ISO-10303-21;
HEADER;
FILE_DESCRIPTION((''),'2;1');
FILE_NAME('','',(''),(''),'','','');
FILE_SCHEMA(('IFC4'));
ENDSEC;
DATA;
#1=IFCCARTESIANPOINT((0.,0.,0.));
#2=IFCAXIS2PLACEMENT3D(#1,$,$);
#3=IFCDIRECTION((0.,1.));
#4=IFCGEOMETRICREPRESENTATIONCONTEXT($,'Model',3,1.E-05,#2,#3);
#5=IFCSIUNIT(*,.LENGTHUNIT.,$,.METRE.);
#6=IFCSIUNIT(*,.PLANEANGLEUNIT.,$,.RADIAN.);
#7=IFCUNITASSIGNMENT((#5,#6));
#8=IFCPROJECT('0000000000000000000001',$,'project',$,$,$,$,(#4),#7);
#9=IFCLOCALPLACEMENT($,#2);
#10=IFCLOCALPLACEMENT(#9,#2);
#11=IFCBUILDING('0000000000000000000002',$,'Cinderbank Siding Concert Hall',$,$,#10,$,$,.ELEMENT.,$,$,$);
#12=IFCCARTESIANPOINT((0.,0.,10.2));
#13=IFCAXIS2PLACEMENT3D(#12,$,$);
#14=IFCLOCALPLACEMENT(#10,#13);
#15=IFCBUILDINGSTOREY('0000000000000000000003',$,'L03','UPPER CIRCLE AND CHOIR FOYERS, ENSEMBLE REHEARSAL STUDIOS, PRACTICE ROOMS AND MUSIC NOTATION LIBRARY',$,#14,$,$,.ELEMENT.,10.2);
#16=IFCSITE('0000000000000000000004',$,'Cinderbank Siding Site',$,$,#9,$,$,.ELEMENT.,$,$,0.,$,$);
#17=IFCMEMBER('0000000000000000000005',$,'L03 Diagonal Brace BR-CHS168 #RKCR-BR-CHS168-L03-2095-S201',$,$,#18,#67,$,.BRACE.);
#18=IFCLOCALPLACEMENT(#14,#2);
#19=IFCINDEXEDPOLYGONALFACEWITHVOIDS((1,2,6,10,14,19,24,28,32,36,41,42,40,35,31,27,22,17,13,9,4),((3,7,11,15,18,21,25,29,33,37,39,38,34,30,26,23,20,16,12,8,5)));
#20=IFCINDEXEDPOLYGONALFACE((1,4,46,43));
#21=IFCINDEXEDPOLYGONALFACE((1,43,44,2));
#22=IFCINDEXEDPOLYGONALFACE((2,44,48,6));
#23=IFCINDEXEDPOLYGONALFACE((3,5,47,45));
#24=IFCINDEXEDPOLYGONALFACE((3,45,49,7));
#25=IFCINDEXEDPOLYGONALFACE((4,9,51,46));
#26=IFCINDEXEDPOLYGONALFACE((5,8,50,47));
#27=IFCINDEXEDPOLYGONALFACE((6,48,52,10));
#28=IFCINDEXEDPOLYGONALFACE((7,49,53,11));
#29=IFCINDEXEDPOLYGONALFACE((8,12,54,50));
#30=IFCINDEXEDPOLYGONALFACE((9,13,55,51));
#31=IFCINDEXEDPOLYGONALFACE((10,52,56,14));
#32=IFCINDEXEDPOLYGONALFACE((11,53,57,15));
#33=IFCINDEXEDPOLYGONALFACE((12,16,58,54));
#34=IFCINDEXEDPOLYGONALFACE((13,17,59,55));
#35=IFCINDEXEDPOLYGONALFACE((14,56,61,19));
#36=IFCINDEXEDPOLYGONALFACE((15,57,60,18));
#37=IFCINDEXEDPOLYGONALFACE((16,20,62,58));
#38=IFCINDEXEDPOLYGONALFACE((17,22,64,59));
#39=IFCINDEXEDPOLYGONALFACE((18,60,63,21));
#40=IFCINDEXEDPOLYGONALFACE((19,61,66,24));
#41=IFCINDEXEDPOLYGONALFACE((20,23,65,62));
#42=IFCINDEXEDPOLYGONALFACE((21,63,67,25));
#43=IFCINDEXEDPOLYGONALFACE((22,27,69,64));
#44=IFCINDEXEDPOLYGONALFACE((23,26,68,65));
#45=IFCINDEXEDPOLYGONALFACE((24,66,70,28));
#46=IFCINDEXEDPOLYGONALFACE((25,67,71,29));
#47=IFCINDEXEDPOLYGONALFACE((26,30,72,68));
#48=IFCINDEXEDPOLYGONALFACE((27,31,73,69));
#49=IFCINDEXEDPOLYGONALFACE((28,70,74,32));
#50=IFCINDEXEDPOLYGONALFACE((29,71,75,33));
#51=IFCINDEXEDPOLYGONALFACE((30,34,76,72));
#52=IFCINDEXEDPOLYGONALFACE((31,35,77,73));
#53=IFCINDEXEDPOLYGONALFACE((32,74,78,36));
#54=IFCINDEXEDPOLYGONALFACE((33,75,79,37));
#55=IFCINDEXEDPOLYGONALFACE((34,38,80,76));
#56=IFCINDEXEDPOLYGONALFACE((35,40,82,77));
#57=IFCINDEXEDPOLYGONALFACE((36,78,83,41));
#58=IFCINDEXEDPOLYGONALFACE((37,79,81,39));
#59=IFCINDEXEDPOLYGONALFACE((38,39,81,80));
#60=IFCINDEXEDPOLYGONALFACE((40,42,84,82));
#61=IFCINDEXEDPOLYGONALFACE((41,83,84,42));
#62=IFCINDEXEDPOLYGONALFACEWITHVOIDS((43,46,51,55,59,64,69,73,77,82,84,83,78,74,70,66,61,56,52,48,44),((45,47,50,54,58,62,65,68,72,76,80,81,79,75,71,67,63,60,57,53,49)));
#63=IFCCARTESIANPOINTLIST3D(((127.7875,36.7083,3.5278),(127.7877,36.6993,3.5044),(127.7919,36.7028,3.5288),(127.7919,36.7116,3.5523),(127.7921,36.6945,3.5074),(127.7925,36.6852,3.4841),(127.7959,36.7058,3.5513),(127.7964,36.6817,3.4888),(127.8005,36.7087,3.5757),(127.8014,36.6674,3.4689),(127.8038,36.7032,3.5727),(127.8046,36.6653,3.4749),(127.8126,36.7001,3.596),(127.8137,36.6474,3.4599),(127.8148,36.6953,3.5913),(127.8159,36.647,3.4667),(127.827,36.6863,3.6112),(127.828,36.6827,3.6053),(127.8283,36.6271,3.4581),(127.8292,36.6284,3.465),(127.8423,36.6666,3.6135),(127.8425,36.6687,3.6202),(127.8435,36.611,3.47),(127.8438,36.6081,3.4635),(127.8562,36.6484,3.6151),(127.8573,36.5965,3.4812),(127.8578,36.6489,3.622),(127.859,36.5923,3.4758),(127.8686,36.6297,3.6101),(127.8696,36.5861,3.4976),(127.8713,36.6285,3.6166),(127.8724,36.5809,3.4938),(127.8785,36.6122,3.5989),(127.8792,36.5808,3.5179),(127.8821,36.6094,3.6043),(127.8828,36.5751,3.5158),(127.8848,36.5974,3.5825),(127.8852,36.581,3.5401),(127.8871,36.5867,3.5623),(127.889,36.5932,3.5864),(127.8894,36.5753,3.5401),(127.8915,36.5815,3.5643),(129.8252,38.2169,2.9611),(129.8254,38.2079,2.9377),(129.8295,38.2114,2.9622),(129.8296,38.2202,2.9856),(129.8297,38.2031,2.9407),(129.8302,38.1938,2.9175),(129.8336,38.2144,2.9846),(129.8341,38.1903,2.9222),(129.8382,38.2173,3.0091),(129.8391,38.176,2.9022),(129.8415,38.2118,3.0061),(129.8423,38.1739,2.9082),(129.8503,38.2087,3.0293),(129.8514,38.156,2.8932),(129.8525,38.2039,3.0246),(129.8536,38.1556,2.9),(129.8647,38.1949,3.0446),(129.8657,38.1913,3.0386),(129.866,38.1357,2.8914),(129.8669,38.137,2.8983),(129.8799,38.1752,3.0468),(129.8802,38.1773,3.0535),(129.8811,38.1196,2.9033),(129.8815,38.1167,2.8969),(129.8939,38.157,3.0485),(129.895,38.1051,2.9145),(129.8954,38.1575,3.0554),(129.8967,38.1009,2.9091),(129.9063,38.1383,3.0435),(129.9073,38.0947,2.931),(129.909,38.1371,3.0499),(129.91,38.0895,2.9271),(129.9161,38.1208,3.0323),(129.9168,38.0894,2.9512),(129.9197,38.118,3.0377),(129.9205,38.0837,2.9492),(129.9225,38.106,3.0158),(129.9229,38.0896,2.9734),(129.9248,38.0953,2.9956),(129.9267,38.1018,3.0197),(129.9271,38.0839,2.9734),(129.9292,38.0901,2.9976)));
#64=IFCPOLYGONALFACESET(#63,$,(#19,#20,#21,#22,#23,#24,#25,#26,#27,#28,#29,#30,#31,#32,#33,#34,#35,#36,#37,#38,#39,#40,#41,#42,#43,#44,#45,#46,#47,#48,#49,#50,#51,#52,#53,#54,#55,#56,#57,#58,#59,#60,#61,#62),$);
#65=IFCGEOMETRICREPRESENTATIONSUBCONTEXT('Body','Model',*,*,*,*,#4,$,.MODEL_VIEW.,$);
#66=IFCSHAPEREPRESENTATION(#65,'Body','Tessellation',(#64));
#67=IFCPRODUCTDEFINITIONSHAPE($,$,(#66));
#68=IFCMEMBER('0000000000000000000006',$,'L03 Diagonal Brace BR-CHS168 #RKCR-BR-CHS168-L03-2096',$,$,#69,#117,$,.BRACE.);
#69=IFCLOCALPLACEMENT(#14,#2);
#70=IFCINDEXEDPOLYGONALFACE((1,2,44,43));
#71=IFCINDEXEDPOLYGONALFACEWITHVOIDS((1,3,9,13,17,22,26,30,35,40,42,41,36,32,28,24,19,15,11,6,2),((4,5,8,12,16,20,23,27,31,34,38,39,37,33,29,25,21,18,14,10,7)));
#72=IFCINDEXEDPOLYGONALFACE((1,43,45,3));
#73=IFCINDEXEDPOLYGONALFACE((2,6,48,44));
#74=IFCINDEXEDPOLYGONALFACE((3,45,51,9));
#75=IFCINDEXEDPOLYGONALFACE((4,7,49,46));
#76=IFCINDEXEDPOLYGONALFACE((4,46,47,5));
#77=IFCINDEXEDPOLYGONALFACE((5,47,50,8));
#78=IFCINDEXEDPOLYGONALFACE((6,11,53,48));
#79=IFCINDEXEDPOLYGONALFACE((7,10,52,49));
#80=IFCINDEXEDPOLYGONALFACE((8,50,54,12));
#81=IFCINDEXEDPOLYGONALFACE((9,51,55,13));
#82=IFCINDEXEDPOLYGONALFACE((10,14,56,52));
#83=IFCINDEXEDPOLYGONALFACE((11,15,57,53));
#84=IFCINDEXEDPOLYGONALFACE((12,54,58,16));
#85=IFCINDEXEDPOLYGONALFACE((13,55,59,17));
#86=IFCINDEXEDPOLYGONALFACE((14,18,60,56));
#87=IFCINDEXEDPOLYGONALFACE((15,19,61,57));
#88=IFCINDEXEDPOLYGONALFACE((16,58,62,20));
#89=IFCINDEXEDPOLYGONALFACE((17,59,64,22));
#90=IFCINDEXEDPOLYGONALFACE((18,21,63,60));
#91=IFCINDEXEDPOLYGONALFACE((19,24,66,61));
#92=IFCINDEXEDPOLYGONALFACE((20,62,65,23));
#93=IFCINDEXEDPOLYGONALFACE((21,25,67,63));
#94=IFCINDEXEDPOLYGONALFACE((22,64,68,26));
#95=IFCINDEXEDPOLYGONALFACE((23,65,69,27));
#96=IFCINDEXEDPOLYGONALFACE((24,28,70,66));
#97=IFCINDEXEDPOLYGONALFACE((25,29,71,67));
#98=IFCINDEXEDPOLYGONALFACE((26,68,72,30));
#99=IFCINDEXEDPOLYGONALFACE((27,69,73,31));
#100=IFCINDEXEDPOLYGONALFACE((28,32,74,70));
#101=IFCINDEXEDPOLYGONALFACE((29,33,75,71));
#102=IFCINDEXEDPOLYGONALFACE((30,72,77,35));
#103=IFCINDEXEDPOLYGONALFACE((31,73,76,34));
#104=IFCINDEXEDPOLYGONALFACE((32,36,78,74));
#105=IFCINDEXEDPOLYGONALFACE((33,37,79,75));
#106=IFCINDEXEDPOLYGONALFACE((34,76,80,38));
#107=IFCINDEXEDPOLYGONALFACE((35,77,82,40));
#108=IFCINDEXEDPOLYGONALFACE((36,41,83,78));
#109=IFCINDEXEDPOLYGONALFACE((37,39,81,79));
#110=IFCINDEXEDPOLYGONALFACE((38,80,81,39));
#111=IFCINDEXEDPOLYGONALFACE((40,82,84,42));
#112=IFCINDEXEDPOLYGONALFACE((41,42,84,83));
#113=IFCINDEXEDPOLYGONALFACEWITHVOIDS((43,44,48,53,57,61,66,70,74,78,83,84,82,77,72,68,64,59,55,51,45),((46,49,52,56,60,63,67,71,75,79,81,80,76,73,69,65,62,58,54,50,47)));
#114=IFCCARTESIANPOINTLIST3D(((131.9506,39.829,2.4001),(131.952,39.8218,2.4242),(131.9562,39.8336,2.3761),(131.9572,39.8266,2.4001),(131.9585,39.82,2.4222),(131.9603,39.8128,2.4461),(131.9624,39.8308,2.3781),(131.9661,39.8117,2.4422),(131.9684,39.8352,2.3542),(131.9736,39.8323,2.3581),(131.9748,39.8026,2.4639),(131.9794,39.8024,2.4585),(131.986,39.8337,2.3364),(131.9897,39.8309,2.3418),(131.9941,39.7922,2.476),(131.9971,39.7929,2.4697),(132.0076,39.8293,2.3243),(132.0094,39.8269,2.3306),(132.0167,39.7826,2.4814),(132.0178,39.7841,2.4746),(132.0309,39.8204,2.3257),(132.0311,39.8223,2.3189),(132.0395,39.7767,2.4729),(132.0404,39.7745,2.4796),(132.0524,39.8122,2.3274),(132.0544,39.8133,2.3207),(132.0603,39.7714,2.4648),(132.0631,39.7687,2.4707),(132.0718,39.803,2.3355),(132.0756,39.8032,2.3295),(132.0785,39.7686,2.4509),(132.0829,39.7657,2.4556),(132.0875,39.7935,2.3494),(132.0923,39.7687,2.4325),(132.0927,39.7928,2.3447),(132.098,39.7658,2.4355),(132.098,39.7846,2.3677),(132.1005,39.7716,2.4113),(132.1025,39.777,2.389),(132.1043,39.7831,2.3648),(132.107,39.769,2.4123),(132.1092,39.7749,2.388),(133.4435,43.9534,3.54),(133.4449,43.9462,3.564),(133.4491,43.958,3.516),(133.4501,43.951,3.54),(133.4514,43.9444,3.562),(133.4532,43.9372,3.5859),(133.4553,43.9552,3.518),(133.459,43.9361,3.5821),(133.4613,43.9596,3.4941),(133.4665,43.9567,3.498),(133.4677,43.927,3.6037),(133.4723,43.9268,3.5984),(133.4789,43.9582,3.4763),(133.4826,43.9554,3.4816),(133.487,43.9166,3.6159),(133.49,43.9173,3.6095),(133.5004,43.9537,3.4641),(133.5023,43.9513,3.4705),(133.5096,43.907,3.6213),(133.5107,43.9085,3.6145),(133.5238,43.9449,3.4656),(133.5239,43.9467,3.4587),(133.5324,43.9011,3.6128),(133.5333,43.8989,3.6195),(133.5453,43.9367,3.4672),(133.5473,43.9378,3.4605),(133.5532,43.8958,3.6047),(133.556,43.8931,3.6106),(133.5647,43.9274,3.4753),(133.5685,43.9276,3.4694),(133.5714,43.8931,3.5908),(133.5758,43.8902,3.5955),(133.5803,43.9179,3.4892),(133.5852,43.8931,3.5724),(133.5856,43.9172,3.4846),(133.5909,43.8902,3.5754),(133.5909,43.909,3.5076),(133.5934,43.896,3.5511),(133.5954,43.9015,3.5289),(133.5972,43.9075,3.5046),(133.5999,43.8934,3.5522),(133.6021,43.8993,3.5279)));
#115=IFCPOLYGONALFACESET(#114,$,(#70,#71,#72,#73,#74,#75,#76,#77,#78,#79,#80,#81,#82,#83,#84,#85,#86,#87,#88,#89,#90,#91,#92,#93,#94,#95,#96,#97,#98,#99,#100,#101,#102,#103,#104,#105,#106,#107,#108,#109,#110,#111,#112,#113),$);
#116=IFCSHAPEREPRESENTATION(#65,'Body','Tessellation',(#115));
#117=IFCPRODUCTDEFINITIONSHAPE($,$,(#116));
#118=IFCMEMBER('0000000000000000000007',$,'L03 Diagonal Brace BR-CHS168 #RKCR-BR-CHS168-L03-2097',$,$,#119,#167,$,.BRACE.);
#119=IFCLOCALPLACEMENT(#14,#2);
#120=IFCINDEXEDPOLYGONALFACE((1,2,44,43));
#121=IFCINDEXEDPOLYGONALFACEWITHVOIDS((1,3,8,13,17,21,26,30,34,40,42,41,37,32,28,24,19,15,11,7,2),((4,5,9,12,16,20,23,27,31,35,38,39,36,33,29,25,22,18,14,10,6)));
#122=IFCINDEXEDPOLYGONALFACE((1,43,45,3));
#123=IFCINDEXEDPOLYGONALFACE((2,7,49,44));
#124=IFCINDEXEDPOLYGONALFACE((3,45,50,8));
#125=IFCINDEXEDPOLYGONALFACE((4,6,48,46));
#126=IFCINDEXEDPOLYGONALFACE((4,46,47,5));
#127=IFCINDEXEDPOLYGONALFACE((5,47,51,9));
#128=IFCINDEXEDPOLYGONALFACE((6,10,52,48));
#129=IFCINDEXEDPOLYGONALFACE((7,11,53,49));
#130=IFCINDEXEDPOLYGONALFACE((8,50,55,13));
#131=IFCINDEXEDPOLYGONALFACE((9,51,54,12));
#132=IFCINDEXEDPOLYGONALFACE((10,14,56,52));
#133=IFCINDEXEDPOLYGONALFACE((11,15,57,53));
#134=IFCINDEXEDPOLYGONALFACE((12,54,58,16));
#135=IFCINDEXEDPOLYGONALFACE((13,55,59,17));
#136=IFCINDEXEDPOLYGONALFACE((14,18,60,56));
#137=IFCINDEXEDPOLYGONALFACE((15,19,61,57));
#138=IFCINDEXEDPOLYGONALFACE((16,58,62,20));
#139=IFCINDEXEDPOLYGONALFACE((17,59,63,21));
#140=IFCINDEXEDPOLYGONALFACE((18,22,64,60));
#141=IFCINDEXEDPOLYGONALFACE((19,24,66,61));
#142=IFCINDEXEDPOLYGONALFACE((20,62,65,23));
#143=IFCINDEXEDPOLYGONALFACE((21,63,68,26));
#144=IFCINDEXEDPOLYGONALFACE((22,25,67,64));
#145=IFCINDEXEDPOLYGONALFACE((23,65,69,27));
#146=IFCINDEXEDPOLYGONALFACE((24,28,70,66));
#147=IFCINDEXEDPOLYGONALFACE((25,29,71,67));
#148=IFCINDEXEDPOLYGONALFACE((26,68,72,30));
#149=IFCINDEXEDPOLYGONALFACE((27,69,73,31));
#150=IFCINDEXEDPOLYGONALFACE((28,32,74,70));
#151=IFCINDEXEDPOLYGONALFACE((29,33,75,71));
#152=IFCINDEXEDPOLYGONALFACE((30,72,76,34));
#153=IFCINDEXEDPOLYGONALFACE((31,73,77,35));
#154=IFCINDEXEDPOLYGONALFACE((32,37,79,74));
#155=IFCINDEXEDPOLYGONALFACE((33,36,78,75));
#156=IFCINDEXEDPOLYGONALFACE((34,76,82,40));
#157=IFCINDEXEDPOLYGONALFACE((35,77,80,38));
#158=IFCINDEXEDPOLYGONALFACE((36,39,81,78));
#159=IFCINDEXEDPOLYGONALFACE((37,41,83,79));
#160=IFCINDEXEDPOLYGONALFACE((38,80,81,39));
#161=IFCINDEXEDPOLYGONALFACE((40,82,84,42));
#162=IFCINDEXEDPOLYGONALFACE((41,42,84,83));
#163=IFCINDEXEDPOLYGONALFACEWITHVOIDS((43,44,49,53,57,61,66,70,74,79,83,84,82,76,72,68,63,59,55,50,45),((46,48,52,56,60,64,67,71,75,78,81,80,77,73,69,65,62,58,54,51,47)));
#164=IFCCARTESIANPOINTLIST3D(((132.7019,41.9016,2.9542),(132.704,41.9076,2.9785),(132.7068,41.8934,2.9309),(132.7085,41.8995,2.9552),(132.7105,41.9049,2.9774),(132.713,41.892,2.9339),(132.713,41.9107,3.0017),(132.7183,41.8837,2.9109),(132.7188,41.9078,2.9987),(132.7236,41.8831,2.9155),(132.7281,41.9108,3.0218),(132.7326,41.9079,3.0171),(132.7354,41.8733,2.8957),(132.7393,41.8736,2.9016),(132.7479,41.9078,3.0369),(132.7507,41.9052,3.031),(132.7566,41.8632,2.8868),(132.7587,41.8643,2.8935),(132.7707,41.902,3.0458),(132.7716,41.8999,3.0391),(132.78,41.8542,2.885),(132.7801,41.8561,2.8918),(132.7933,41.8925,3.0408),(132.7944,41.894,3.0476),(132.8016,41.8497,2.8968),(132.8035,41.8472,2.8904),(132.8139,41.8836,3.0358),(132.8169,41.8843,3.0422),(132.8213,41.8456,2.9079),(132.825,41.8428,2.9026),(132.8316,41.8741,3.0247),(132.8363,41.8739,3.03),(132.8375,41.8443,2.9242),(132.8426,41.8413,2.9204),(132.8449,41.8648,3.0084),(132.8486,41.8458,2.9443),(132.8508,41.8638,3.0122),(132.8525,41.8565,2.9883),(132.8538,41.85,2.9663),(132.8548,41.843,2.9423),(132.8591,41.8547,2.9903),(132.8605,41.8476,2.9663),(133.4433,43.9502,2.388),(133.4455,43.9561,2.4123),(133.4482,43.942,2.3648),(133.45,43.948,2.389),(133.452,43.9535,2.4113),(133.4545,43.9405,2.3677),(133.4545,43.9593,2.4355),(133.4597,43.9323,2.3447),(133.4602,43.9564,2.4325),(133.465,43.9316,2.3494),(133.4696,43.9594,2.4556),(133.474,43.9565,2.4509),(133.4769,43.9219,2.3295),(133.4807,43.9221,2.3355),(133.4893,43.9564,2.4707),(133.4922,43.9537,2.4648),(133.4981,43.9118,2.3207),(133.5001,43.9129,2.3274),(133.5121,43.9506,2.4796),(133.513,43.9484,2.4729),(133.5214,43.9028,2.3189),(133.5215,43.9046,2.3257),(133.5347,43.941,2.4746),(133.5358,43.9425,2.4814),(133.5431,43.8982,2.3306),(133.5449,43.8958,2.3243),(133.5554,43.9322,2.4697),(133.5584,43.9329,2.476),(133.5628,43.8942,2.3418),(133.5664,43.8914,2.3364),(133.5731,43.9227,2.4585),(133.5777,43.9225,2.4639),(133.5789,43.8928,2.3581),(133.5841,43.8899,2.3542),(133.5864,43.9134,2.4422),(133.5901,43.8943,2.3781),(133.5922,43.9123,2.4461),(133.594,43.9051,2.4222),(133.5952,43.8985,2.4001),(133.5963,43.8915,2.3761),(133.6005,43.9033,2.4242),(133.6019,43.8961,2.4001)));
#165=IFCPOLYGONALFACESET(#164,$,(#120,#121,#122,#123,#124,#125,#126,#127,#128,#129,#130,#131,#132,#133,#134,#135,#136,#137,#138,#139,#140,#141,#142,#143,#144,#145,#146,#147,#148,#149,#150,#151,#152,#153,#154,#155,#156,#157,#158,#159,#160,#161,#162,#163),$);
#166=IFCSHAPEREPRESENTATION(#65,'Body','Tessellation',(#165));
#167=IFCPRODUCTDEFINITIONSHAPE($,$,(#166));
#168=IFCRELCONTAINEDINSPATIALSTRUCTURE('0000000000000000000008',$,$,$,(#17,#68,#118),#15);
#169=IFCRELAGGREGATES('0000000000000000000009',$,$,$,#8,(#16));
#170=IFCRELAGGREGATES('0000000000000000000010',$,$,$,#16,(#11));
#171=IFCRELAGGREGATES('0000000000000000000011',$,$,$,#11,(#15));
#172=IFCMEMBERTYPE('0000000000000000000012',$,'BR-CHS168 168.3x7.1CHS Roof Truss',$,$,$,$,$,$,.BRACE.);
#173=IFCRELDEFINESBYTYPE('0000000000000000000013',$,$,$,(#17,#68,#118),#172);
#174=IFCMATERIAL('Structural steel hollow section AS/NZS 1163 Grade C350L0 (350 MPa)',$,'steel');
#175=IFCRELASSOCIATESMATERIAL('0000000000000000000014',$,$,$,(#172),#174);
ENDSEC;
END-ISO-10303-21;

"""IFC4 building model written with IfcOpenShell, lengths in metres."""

from ifc_helpers import new_model, si_unit, direction, frame, origin, origin_2d, place, context, subcontext, project, spatial, hollow_circle, extrude, material, material_profile, profile_set, type_object, element, save


model = new_model("IFC4")

# Units and contexts
model_context = context("Model", 3, precision=1e-05, world=origin(), true_north=direction((0.0, 1.0)))
body_context = subcontext(model_context, "Body", "Model", "MODEL_VIEW")
ifc_project = project(units=[si_unit("LENGTHUNIT", "METRE"), si_unit("PLANEANGLEUNIT", "RADIAN")], contexts=[model_context])

# Site, building, storey
site_placement = place(None, origin())
site = spatial("IfcSite", under=ifc_project, at=site_placement, Name="Cinderbank Siding Site", CompositionType="ELEMENT", RefElevation=0.0)
building_placement = place(site_placement, origin())
building = spatial("IfcBuilding", under=site, at=building_placement, Name="Cinderbank Siding Concert Hall", CompositionType="ELEMENT")
storey_placement = place(building_placement, frame((0.0, 0.0, 10.2)))
storey = spatial("IfcBuildingStorey", under=building, at=storey_placement, Name="L03", Description="UPPER CIRCLE AND CHOIR FOYERS, ENSEMBLE REHEARSAL STUDIOS, PRACTICE ROOMS AND MUSIC NOTATION LIBRARY", CompositionType="ELEMENT", Elevation=10.2)

# Shared definitions
ifc_material_1 = material(Name="Structural steel hollow section AS/NZS 1163 Grade C350L0 (350 MPa)", Category="steel")

# Members
ifc_material_profile_1 = material_profile(ifc_material_1, hollow_circle(Radius=0.0842, WallThickness=0.0071, at=origin_2d()), Name="168.3x7.1CHS", Category="LoadBearing")
ifc_profile_set_1 = profile_set([ifc_material_profile_1], Name="Structural steel hollow section AS/NZS 1163 Grade C350L0 (350 MPa)")
member_type = type_object("IfcMemberType", Name="BR-CHS168 168.3x7.1CHS Roof Truss", PredefinedType="BRACE", material=ifc_profile_set_1)
for number, where, z_axis, x_axis, name in (
    (1, (129.877, 38.1516, 2.9734), (-0.784353, -0.580699, 0.218126), (0.595027, -0.803706, 0.0), "L03 Diagonal Brace BR-CHS168 #RKCR-BR-CHS168-L03-2095-S201"),
):
    element("IfcMember", number, at=place(storey_placement, frame(where, z_axis=z_axis, x_axis=x_axis)), inside=storey, type_object=member_type, Name=name, PredefinedType="BRACE", context=body_context, shape_type="SweptSolid", body=[
        extrude(hollow_circle(Radius=0.0842, WallThickness=0.0071, at=origin_2d()), origin(), (0.0, 0.0, 1.0), 2.5979),
    ])
member_1_placement = place(storey_placement, frame((132.0298, 39.8003, 2.4001), z_axis=(0.329412, 0.91007, 0.251516), x_axis=(-0.940298, 0.340353, 0.0)))
element("IfcMember", 2, at=member_1_placement, inside=storey, type_object=member_type, Name="L03 Diagonal Brace BR-CHS168 #RKCR-BR-CHS168-L03-2096", PredefinedType="BRACE", context=body_context, shape_type="SweptSolid", body=[
    extrude(hollow_circle(Radius=0.0842, WallThickness=0.0071, at=origin_2d()), origin(), (0.0, 0.0, 1.0), 4.532),
])
for number, where, z_axis, x_axis, name in (
    (3, (133.5227, 43.9248, 2.4001), (-0.32939, -0.910078, 0.251516), (0.940306, -0.34033, 0.0), "L03 Diagonal Brace BR-CHS168 #RKCR-BR-CHS168-L03-2097"),
):
    element("IfcMember", number, at=place(storey_placement, frame(where, z_axis=z_axis, x_axis=x_axis)), inside=storey, type_object=member_type, Name=name, PredefinedType="BRACE", context=body_context, shape_type="SweptSolid", body=[
        extrude(hollow_circle(Radius=0.0842, WallThickness=0.0071, at=origin_2d()), origin(), (0.0, 0.0, 1.0), 2.251),
    ])

save(model, "model.ifc")
